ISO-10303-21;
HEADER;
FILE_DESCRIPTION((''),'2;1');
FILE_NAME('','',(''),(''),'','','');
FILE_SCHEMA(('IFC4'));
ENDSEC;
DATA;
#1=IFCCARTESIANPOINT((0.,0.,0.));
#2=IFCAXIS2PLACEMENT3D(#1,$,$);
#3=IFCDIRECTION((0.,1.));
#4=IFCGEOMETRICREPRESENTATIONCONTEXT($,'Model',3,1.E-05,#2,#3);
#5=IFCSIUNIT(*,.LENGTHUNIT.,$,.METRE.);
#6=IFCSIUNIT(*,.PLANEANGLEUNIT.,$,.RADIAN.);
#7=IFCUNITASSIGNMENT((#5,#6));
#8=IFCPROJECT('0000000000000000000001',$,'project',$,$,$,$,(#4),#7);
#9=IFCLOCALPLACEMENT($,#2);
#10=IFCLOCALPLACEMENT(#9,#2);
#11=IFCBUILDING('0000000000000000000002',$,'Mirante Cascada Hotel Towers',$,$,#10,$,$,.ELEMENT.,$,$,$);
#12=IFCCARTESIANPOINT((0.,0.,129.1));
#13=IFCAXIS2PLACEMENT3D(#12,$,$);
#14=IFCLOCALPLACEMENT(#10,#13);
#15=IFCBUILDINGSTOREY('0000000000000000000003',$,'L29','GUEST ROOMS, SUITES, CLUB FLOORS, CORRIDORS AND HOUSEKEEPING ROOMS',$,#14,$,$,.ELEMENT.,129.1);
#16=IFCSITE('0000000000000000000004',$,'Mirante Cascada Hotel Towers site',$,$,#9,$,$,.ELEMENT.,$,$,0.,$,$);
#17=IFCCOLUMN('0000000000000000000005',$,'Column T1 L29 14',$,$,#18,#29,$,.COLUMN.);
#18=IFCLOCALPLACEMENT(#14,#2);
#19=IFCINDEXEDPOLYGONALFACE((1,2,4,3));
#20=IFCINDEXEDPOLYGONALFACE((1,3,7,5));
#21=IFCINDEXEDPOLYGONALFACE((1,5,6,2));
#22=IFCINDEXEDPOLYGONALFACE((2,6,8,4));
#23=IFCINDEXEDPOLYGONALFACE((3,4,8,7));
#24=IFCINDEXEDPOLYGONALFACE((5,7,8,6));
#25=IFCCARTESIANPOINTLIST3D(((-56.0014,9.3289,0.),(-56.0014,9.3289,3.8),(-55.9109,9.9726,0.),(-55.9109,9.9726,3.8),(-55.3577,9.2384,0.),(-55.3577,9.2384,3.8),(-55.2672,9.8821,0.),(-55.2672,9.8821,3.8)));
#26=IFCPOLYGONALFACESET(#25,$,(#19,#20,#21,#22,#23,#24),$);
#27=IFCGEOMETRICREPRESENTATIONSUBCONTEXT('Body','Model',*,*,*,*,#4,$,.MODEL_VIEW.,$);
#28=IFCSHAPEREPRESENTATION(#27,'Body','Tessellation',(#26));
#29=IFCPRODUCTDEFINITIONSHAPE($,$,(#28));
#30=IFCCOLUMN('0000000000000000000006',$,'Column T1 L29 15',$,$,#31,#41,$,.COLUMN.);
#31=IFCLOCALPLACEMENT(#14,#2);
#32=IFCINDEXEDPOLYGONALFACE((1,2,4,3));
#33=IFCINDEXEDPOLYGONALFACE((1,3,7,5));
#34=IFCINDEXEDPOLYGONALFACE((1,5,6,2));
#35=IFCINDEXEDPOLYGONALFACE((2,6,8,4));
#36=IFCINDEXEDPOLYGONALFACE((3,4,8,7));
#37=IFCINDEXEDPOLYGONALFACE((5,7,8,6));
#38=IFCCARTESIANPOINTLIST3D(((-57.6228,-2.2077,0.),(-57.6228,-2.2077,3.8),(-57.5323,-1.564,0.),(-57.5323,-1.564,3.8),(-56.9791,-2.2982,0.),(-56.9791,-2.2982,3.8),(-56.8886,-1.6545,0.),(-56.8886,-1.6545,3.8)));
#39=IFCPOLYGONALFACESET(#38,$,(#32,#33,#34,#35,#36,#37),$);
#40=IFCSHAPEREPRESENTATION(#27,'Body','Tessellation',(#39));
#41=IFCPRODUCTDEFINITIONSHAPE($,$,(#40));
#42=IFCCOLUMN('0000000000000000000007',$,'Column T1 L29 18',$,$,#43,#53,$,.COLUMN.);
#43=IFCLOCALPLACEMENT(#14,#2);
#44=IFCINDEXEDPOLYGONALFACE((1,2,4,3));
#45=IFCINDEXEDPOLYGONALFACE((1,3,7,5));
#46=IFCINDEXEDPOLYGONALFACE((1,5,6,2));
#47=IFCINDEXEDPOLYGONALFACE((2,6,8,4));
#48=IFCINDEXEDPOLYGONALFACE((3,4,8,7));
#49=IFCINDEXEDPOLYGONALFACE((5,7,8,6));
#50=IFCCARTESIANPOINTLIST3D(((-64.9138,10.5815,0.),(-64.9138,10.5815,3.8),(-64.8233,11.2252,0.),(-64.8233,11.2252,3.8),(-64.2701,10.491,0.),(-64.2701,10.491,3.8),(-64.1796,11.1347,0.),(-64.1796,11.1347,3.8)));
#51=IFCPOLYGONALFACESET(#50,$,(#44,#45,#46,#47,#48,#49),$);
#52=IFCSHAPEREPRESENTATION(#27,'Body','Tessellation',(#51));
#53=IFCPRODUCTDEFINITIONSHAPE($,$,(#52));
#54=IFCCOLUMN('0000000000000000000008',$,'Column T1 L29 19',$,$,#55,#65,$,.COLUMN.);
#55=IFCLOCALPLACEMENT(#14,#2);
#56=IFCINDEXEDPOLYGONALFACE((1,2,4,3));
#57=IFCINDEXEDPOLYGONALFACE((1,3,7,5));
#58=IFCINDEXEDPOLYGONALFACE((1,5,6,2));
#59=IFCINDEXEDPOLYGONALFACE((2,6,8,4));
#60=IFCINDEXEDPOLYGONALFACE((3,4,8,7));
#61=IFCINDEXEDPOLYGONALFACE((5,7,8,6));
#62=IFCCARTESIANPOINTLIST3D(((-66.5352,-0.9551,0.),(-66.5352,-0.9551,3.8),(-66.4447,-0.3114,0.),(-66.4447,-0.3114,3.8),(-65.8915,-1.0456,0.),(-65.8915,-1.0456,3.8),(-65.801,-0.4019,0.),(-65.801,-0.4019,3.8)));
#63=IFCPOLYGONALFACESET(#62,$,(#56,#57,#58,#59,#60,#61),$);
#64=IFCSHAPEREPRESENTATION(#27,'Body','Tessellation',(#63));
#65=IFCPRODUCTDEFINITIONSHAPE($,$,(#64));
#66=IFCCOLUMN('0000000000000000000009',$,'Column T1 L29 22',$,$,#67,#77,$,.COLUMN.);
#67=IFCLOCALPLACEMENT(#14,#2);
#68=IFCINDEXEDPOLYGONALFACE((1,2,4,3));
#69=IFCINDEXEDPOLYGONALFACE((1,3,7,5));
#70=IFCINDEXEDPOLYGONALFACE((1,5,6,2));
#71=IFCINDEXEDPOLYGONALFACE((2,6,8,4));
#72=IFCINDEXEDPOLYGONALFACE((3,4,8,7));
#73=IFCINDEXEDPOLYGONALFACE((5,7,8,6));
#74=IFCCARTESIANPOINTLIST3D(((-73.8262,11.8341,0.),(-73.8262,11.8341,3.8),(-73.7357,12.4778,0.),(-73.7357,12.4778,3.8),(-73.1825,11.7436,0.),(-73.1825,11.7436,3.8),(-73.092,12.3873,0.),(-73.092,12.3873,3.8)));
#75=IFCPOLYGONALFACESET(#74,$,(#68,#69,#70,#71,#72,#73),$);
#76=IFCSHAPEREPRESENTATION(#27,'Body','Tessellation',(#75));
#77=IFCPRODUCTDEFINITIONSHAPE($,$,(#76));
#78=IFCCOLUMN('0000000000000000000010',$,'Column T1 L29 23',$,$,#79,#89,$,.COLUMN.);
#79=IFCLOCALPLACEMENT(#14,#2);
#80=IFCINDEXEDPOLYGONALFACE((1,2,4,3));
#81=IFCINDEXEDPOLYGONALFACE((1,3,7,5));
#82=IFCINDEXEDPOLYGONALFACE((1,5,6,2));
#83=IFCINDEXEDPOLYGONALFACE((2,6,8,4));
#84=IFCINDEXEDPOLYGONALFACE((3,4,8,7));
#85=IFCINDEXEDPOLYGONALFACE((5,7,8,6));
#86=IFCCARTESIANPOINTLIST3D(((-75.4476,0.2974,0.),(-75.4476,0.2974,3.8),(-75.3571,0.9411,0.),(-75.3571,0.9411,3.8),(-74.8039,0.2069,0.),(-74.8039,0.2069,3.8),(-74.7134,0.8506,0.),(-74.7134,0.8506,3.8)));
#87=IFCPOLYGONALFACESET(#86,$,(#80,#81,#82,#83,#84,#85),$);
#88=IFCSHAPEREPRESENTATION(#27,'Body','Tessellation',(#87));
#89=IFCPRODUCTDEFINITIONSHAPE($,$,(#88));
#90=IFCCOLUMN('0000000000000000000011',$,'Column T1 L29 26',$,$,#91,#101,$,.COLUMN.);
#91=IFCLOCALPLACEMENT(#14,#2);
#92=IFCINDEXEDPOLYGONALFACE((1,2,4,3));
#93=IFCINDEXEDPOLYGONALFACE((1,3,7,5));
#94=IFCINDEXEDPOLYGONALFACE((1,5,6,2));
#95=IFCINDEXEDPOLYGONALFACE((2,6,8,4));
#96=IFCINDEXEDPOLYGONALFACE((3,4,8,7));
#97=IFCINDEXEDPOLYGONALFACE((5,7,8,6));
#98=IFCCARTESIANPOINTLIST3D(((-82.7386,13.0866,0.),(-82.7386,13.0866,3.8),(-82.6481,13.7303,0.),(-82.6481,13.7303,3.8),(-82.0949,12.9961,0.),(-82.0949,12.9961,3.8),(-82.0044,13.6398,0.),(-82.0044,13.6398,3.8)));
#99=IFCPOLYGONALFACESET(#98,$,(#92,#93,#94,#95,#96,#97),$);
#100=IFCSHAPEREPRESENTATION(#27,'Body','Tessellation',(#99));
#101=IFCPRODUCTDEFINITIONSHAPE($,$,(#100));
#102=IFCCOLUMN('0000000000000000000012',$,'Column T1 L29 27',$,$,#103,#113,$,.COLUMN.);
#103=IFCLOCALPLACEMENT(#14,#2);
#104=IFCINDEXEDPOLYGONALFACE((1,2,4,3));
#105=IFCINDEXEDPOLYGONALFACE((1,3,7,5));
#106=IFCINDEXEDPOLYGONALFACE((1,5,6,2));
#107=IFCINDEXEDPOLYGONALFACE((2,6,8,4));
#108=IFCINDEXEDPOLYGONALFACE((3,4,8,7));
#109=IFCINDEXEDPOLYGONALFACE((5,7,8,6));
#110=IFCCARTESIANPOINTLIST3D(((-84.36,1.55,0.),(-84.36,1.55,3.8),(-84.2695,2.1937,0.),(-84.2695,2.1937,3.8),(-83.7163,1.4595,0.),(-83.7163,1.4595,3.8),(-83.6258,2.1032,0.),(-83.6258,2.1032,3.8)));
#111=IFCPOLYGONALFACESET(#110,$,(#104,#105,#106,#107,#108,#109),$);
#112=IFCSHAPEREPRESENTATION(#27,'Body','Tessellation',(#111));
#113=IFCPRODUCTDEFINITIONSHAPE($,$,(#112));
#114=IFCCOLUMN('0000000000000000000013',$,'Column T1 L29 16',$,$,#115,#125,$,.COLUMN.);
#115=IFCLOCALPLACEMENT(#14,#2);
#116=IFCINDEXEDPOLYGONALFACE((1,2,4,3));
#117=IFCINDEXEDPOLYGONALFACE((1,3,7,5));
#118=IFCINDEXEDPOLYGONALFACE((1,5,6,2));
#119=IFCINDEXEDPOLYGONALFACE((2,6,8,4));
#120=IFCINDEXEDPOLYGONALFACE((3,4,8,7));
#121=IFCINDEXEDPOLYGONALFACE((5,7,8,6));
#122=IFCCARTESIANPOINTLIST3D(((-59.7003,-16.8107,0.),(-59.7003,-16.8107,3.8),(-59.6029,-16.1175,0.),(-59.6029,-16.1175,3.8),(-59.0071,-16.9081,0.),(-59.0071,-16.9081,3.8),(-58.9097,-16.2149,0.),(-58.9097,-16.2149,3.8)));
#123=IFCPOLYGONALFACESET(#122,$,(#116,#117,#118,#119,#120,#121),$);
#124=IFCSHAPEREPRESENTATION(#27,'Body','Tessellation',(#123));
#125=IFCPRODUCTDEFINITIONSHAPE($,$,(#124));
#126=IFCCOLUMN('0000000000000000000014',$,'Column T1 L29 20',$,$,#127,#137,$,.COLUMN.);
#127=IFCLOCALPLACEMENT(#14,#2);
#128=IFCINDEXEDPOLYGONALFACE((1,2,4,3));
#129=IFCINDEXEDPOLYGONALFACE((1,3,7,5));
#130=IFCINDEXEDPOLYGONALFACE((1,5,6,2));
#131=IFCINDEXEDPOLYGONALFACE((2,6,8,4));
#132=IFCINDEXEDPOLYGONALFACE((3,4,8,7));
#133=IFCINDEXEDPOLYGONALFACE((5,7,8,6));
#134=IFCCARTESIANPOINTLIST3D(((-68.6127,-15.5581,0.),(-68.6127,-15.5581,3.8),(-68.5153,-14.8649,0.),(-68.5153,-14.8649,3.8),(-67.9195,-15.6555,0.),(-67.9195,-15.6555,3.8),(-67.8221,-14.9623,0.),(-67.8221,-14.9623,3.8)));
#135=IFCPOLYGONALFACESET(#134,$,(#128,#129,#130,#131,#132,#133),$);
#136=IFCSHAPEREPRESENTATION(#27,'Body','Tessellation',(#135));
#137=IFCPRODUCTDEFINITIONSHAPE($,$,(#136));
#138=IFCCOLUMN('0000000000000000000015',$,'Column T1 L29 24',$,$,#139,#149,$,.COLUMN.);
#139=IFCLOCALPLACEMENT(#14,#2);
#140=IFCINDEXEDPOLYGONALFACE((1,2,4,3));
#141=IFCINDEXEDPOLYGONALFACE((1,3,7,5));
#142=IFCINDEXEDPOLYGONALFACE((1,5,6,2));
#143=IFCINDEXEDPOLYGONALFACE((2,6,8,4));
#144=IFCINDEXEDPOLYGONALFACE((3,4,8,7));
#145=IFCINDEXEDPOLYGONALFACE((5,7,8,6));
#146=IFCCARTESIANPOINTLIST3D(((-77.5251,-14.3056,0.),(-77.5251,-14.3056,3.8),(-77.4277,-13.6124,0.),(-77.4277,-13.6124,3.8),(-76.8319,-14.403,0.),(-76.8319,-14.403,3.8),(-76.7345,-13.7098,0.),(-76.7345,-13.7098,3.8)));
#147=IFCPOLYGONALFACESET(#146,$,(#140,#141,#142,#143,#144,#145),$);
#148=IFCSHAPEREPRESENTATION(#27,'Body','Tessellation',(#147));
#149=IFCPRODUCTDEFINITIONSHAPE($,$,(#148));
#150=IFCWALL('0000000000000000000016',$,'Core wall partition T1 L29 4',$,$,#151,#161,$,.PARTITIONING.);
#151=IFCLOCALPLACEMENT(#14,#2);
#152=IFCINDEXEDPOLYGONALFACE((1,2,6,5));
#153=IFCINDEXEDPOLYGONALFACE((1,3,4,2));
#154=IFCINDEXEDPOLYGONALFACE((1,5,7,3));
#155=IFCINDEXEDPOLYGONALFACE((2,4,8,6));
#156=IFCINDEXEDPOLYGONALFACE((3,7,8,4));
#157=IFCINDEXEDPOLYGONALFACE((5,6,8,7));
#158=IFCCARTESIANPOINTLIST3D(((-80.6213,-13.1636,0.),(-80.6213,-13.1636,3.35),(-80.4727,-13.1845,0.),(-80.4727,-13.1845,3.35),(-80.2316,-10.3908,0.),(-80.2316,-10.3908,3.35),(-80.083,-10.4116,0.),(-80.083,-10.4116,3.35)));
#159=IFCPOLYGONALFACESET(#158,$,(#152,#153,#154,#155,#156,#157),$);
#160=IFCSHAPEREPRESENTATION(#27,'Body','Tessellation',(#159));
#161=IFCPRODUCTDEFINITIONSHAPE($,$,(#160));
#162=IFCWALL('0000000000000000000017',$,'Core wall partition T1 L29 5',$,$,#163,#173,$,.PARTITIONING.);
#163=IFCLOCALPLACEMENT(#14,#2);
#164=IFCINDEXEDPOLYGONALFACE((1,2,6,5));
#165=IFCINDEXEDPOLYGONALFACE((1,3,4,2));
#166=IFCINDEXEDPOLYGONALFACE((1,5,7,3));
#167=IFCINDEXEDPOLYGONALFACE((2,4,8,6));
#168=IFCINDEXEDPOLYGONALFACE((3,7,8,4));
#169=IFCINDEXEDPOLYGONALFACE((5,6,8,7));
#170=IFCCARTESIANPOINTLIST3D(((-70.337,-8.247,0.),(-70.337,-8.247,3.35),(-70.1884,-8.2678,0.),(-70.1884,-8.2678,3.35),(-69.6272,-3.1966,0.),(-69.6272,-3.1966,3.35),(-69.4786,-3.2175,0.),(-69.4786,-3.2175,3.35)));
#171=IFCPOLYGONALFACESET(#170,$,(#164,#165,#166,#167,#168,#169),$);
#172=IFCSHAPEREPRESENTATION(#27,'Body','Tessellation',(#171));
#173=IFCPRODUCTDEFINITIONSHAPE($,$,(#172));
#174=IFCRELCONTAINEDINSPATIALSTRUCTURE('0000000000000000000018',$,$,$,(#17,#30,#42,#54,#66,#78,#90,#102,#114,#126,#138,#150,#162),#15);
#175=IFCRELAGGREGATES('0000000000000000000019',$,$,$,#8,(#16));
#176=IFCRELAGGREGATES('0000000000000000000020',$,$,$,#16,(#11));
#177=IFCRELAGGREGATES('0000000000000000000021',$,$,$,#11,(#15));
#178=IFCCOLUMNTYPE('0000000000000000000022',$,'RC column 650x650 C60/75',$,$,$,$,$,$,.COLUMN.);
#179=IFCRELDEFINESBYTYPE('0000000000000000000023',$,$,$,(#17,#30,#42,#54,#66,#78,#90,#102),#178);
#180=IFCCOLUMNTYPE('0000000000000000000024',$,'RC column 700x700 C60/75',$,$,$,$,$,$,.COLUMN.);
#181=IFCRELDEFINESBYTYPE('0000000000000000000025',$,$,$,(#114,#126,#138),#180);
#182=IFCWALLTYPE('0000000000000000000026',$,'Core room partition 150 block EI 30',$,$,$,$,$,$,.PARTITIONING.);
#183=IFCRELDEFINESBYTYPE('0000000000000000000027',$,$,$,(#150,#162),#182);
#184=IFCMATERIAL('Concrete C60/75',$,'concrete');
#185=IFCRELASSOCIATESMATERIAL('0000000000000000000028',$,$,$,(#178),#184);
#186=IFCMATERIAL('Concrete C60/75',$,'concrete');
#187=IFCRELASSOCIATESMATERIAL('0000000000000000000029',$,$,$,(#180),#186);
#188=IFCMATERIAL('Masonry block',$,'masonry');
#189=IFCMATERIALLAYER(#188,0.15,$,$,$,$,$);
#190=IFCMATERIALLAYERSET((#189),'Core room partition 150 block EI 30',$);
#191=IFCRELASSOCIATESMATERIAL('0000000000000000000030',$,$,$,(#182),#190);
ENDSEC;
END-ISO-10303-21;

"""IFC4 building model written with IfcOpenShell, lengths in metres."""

from ifc_helpers import new_model, si_unit, direction, frame, frame_2d, origin, origin_2d, place, context, subcontext, project, spatial, rectangle, extrude, material, layer, layer_set, material_profile, profile_set, type_object, element, save


model = new_model("IFC4")

# Units and contexts
model_context = context("Model", 3, precision=1e-05, world=origin(), true_north=direction((0.0, 1.0)))
body_context = subcontext(model_context, "Body", "Model", "MODEL_VIEW")
ifc_project = project(units=[si_unit("LENGTHUNIT", "METRE"), si_unit("PLANEANGLEUNIT", "RADIAN")], contexts=[model_context])

# Site, building, storey
site_placement = place(None, origin())
site = spatial("IfcSite", under=ifc_project, at=site_placement, Name="Mirante Cascada Hotel Towers site", CompositionType="ELEMENT", RefElevation=0.0)
building_placement = place(site_placement, origin())
building = spatial("IfcBuilding", under=site, at=building_placement, Name="Mirante Cascada Hotel Towers", CompositionType="ELEMENT")
storey_placement = place(building_placement, frame((0.0, 0.0, 129.1)))
storey = spatial("IfcBuildingStorey", under=building, at=storey_placement, Name="L29", Description="GUEST ROOMS, SUITES, CLUB FLOORS, CORRIDORS AND HOUSEKEEPING ROOMS", CompositionType="ELEMENT", Elevation=129.1)

# Columns
ifc_material_1 = material(Name="Concrete C60/75", Category="concrete")
ifc_material_profile_1 = material_profile(ifc_material_1, rectangle(XDim=0.65, YDim=0.65, at=origin_2d()), Name="RC column 650x650 C60/75")
ifc_profile_set_1 = profile_set([ifc_material_profile_1], Name="Concrete C60/75")
column_type_1 = type_object("IfcColumnType", Name="RC column 650x650 C60/75", PredefinedType="COLUMN", material=ifc_profile_set_1)
for number, where, z_axis, x_axis, name in (
    (1, (-55.6343, 9.6055, 0.0), (0.0, 0.0, 1.0), (-0.990268, 0.139173, 0.0), "Column T1 L29 14"),
    (2, (-57.2557, -1.9311, 0.0), (0.0, 0.0, 1.0), (-0.990268, 0.139173, 0.0), "Column T1 L29 15"),
    (3, (-64.5467, 10.8581, 0.0), (0.0, 0.0, 1.0), (-0.990268, 0.139173, 0.0), "Column T1 L29 18"),
    (4, (-66.1681, -0.6785, 0.0), (0.0, 0.0, 1.0), (-0.990268, 0.139173, 0.0), "Column T1 L29 19"),
    (5, (-73.4591, 12.1107, 0.0), (0.0, 0.0, 1.0), (-0.990268, 0.139173, 0.0), "Column T1 L29 22"),
    (6, (-75.0805, 0.574, 0.0), (0.0, 0.0, 1.0), (-0.990268, 0.139173, 0.0), "Column T1 L29 23"),
    (7, (-82.3715, 13.3632, 0.0), (0.0, 0.0, 1.0), (-0.990268, 0.139173, 0.0), "Column T1 L29 26"),
    (8, (-83.9929, 1.8266, 0.0), (0.0, 0.0, 1.0), (-0.990268, 0.139173, 0.0), "Column T1 L29 27"),
):
    element("IfcColumn", number, at=place(storey_placement, frame(where, z_axis=z_axis, x_axis=x_axis)), inside=storey, type_object=column_type_1, Name=name, PredefinedType="COLUMN", context=body_context, shape_type="SweptSolid", body=[
        extrude(rectangle(XDim=0.65, YDim=0.65, at=origin_2d()), origin(), (0.0, 0.0, 1.0), 3.8),
    ])
ifc_material_2 = material(Name="Concrete C60/75", Category="concrete")
ifc_material_profile_2 = material_profile(ifc_material_2, rectangle(XDim=0.7, YDim=0.7, at=origin_2d()), Name="RC column 700x700 C60/75")
ifc_profile_set_2 = profile_set([ifc_material_profile_2], Name="Concrete C60/75")
column_type_2 = type_object("IfcColumnType", Name="RC column 700x700 C60/75", PredefinedType="COLUMN", material=ifc_profile_set_2)
for number, where, z_axis, x_axis, name in (
    (9, (-59.305, -16.5128, 0.0), (0.0, 0.0, 1.0), (-0.990268, 0.139173, 0.0), "Column T1 L29 16"),
    (10, (-68.2174, -15.2602, 0.0), (0.0, 0.0, 1.0), (-0.990268, 0.139173, 0.0), "Column T1 L29 20"),
    (11, (-77.1298, -14.0077, 0.0), (0.0, 0.0, 1.0), (-0.990268, 0.139173, 0.0), "Column T1 L29 24"),
):
    element("IfcColumn", number, at=place(storey_placement, frame(where, z_axis=z_axis, x_axis=x_axis)), inside=storey, type_object=column_type_2, Name=name, PredefinedType="COLUMN", context=body_context, shape_type="SweptSolid", body=[
        extrude(rectangle(XDim=0.7, YDim=0.7, at=origin_2d()), origin(), (0.0, 0.0, 1.0), 3.8),
    ])

# Walls
ifc_material_3 = material(Name="Masonry block", Category="masonry")
ifc_layer_1 = layer(ifc_material_3, 0.15)
ifc_layer_set_1 = layer_set([ifc_layer_1], Name="Core room partition 150 block EI 30")
wall_type_1 = type_object("IfcWallType", Name="Core room partition 150 block EI 30", PredefinedType="PARTITIONING", material=ifc_layer_set_1)
wall_1_placement = place(storey_placement, frame((-80.547, -13.174, 0.0), z_axis=(0.0, 0.0, 1.0), x_axis=(0.139176, 0.990268, 0.0)))
element("IfcWall", 12, at=wall_1_placement, inside=storey, type_object=wall_type_1, Name="Core wall partition T1 L29 4", PredefinedType="PARTITIONING", context=body_context, shape_type="SweptSolid", body=[
    extrude(rectangle(XDim=2.8001, YDim=0.15, at=frame_2d((1.4, 0.0))), origin(), (0.0, 0.0, 1.0), 3.35),
])
wall_2_placement = place(storey_placement, frame((-70.2627, -8.2574, 0.0), z_axis=(0.0, 0.0, 1.0), x_axis=(0.139176, 0.990268, 0.0)))
element("IfcWall", 13, at=wall_2_placement, inside=storey, type_object=wall_type_1, Name="Core wall partition T1 L29 5", PredefinedType="PARTITIONING", context=body_context, shape_type="SweptSolid", body=[
    extrude(rectangle(XDim=5.1, YDim=0.15, at=frame_2d((2.55, 0.0))), origin(), (0.0, 0.0, 1.0), 3.35),
])

save(model, "model.ifc")
